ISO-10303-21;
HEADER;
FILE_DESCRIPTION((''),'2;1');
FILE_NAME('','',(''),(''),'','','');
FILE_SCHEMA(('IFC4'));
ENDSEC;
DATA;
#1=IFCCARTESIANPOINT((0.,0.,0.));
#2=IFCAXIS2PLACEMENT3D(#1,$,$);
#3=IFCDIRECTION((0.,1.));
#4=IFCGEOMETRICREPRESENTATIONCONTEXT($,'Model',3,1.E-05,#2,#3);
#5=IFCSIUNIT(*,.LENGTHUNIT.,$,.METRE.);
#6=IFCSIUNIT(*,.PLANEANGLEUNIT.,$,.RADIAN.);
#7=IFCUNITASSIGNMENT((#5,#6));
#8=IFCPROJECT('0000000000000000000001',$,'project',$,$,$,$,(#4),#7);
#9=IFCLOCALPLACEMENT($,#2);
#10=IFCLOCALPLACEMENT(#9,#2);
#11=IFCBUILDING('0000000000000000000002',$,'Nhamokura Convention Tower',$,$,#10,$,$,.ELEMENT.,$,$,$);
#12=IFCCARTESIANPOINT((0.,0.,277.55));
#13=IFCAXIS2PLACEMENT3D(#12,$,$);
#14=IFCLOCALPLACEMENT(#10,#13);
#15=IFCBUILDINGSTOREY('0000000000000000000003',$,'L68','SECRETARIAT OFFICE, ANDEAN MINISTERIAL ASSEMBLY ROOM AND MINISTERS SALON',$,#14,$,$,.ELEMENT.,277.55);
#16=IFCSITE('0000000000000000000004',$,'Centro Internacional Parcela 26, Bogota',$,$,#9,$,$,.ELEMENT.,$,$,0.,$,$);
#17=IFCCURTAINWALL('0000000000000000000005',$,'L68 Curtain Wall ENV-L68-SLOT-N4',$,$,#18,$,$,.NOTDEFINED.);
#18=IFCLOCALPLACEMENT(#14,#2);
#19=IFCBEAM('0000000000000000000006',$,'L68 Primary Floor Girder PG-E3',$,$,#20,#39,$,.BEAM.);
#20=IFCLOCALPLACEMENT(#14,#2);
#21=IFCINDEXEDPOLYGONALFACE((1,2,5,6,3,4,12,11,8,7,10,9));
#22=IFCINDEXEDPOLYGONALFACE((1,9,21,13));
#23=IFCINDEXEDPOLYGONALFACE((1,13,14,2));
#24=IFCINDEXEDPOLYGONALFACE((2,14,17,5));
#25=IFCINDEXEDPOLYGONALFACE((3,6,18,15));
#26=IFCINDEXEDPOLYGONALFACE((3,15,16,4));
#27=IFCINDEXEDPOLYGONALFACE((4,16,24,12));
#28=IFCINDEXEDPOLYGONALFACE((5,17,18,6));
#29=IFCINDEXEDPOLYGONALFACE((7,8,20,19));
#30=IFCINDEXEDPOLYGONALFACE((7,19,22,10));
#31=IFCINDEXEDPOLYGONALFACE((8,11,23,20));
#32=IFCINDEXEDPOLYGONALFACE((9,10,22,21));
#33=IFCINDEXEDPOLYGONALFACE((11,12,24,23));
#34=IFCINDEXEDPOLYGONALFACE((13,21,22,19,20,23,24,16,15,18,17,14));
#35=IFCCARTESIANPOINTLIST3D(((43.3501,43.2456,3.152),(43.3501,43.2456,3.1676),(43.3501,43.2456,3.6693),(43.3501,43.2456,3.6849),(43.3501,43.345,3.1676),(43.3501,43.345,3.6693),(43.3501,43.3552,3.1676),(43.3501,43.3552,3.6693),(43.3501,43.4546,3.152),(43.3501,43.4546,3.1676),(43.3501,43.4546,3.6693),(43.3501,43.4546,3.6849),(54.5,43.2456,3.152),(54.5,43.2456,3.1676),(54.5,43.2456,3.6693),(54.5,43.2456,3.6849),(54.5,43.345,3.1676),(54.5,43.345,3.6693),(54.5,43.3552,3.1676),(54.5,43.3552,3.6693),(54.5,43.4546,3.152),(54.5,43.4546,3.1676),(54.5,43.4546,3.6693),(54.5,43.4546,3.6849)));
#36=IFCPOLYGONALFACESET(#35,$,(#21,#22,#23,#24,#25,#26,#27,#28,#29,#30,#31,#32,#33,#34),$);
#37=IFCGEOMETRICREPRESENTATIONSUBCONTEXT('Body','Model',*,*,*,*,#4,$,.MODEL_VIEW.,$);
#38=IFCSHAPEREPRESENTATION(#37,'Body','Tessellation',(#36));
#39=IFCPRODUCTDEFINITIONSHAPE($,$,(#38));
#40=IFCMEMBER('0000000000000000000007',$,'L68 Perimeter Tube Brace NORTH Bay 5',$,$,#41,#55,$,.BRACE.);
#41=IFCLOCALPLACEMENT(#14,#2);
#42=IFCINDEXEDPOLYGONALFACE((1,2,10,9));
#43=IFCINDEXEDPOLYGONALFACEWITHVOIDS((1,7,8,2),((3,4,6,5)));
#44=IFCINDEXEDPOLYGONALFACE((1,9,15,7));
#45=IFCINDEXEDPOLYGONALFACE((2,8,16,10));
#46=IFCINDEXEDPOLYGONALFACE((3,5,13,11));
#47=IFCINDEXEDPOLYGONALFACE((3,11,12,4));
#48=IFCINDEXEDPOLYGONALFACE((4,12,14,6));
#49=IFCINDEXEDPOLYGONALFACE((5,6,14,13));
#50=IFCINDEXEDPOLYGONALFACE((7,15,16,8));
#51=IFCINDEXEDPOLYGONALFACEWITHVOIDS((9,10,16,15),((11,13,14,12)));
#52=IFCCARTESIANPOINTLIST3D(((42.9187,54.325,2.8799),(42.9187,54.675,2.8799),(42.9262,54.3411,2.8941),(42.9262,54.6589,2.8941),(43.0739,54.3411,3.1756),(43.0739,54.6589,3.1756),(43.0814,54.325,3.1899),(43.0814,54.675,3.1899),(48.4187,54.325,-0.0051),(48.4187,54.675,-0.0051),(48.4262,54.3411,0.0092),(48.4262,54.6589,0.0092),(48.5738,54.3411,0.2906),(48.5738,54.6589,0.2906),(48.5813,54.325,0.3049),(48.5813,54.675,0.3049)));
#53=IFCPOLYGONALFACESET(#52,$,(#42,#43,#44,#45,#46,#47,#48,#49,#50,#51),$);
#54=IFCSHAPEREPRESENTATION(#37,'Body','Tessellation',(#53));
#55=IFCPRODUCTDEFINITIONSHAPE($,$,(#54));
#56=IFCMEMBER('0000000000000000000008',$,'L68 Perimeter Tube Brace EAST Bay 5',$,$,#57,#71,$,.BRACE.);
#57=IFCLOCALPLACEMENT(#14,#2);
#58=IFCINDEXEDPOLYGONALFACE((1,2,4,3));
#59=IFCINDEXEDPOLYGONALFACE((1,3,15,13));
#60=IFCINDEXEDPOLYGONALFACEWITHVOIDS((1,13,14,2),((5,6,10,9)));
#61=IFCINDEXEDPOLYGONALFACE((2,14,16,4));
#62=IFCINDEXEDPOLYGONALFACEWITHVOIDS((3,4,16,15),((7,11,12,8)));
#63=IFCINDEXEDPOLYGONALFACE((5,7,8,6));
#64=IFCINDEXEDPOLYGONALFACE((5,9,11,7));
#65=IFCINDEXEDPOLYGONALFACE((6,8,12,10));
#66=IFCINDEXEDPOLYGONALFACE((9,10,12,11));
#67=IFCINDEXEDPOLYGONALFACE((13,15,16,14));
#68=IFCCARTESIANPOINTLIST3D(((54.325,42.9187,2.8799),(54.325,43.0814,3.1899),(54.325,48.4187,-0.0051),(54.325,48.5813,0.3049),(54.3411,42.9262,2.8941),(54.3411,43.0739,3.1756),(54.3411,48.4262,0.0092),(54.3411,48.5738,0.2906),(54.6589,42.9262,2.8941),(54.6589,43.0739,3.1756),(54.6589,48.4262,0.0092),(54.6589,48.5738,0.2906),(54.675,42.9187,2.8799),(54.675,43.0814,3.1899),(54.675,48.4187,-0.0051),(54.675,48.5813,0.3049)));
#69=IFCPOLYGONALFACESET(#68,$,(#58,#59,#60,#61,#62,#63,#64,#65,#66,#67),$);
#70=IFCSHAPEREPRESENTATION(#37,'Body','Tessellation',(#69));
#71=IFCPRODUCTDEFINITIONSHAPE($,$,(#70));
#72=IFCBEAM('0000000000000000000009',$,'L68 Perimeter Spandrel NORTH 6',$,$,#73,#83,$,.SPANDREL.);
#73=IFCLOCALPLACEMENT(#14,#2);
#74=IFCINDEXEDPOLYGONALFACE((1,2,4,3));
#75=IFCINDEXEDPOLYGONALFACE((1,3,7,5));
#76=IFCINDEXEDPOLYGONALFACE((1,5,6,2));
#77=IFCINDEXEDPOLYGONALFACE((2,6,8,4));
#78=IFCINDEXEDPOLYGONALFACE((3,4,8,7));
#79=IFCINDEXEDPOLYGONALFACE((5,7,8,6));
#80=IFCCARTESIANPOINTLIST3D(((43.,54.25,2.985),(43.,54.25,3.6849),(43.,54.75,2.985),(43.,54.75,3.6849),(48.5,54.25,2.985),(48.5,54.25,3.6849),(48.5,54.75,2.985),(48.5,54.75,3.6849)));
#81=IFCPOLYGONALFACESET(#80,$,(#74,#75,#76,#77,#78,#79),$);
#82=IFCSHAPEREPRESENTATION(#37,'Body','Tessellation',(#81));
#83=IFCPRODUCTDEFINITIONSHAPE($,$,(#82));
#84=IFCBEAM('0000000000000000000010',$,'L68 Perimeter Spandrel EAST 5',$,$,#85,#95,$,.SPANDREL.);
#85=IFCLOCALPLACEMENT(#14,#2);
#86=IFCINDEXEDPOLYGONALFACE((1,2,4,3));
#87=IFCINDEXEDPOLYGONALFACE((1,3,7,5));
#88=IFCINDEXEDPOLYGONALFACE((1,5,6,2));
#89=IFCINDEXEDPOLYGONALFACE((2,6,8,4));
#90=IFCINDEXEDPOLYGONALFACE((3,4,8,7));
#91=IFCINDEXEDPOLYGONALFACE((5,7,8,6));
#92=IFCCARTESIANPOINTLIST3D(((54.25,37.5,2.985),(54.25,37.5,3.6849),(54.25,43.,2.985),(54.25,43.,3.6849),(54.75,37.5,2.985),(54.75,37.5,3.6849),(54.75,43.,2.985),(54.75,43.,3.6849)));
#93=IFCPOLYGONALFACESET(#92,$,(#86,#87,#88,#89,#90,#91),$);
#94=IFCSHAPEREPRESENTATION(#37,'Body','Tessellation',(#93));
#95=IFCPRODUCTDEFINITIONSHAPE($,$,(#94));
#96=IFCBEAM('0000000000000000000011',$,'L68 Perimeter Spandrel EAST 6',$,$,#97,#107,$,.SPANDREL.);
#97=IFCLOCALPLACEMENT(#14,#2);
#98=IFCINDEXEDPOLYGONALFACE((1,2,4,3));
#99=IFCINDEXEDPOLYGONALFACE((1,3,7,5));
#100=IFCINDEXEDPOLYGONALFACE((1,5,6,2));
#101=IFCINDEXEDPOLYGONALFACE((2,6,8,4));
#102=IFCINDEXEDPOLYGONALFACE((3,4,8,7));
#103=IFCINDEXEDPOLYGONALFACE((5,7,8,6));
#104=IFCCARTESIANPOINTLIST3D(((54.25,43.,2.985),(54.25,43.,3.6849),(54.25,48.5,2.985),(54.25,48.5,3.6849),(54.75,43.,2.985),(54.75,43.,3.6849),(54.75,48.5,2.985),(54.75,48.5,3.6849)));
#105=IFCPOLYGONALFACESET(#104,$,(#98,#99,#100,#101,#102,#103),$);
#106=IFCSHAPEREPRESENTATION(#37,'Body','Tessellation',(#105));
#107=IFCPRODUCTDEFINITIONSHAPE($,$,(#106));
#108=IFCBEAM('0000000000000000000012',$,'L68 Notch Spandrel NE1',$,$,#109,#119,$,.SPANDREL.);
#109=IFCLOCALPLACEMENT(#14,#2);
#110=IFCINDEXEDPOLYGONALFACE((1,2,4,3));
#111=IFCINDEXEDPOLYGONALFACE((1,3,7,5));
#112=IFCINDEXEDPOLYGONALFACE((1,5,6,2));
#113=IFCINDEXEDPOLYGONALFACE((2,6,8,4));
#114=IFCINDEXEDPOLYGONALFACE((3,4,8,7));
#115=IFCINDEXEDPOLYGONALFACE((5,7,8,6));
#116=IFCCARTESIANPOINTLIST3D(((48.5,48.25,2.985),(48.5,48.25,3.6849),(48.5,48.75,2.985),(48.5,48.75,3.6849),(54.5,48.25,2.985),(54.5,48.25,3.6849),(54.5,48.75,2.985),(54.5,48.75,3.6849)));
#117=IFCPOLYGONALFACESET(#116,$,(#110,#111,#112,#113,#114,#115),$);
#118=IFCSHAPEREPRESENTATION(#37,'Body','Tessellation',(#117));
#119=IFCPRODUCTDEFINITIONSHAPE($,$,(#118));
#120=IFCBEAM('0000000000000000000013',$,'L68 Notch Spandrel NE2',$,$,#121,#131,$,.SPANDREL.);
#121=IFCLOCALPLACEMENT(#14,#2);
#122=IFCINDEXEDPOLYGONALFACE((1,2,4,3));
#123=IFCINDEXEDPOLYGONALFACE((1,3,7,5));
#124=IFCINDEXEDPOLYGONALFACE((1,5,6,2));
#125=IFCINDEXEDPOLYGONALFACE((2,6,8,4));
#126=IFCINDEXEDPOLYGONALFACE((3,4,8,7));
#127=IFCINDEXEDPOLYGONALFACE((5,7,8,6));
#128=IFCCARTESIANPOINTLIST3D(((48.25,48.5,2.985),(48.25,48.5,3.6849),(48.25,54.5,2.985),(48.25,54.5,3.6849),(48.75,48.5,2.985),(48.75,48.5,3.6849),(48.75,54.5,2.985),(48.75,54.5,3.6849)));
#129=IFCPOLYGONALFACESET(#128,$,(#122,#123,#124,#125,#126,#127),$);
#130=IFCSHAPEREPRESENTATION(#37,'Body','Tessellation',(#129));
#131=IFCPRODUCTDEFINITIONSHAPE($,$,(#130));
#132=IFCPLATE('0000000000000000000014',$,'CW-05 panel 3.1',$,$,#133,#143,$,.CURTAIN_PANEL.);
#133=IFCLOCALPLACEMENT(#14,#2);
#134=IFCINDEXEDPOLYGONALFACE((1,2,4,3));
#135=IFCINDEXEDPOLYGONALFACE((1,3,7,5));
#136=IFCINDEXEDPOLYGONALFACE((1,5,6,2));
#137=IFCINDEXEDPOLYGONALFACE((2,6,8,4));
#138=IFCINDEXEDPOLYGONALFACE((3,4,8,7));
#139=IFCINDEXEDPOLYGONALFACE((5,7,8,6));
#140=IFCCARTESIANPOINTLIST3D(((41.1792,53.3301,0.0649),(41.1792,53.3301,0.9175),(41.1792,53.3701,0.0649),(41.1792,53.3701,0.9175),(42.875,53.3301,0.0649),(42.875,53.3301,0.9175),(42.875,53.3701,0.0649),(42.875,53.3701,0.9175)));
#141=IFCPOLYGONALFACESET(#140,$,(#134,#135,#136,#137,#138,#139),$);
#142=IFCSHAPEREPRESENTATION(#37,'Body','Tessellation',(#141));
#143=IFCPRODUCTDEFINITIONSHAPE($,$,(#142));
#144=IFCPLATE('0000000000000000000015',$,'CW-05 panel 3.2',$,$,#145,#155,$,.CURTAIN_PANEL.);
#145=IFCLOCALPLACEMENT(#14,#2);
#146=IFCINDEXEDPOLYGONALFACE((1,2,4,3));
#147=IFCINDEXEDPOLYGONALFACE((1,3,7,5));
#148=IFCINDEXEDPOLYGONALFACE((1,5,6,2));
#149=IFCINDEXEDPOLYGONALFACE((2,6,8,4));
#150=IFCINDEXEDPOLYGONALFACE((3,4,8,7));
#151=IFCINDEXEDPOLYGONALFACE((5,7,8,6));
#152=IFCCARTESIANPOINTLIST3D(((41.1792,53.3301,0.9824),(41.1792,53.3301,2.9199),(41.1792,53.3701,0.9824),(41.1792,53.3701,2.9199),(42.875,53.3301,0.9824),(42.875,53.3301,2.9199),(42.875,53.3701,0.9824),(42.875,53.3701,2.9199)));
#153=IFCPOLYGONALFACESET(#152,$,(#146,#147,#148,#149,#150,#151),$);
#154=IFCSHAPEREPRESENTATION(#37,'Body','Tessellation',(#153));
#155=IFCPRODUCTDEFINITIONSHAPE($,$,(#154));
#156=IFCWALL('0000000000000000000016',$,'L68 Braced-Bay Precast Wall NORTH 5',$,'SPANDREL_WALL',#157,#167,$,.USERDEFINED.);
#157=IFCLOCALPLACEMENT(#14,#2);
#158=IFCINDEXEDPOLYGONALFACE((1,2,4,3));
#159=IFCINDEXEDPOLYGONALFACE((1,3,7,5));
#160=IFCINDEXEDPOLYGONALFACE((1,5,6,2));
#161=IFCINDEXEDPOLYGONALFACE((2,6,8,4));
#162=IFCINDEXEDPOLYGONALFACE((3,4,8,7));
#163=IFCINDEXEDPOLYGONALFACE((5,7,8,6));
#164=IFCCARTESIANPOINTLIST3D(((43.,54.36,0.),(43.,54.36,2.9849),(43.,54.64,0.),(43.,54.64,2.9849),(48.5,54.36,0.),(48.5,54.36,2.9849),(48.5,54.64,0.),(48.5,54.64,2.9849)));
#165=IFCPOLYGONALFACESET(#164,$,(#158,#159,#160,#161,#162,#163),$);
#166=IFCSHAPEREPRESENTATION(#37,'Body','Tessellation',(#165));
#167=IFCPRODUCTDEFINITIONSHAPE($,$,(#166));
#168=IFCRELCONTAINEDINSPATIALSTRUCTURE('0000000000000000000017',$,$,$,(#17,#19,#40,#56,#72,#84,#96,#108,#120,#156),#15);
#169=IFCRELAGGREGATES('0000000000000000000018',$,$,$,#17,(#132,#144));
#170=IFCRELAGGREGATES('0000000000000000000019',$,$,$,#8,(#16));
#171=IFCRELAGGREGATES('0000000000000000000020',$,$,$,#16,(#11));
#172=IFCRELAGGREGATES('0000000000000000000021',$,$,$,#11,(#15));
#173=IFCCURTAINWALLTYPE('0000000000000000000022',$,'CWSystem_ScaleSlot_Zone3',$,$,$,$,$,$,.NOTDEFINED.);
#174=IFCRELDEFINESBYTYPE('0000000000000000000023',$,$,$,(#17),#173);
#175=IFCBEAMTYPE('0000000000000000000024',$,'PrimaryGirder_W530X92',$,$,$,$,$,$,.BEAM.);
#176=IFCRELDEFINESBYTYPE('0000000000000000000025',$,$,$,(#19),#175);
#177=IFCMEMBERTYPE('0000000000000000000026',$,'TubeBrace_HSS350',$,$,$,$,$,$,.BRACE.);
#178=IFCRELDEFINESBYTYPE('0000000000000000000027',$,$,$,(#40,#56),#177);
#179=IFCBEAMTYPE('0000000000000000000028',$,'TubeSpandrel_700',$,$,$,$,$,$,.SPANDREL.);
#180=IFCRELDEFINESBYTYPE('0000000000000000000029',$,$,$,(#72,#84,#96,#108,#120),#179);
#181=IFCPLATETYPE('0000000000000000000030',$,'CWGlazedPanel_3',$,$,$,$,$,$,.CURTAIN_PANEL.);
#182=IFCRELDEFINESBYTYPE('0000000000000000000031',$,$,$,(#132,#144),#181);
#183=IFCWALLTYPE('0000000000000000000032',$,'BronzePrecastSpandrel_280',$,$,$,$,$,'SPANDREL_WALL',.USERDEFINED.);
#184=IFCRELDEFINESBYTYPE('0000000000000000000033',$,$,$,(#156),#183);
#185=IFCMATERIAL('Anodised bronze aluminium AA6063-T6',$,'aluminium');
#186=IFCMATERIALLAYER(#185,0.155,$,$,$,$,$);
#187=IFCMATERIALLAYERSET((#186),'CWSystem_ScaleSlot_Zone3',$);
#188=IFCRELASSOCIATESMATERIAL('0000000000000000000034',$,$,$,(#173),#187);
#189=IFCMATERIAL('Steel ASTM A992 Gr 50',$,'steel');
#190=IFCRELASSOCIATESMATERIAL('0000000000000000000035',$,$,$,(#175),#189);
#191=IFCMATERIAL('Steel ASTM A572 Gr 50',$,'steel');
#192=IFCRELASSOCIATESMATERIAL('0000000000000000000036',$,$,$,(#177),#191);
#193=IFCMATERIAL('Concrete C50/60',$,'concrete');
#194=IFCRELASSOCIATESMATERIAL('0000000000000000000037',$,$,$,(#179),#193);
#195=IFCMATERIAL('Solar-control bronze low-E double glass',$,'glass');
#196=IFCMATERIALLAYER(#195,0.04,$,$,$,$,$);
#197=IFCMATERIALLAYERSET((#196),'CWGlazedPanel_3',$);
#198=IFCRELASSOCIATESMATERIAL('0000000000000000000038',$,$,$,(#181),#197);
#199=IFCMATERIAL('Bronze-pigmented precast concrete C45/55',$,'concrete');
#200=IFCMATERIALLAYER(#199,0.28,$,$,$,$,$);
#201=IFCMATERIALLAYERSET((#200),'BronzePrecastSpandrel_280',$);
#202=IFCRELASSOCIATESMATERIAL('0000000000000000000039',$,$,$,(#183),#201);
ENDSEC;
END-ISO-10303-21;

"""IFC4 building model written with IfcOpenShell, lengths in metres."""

from ifc_helpers import new_model, si_unit, direction, frame, frame_2d, origin, origin_2d, place, context, subcontext, project, spatial, rectangle, hollow_rectangle, i_section, extrude, material, layer, layer_set, material_profile, profile_set, type_object, element, aggregate, save


model = new_model("IFC4")

# Units and contexts
model_context = context("Model", 3, precision=1e-05, world=origin(), true_north=direction((0.0, 1.0)))
body_context = subcontext(model_context, "Body", "Model", "MODEL_VIEW")
ifc_project = project(units=[si_unit("LENGTHUNIT", "METRE"), si_unit("PLANEANGLEUNIT", "RADIAN")], contexts=[model_context])

# Site, building, storey
site_placement = place(None, origin())
site = spatial("IfcSite", under=ifc_project, at=site_placement, Name="Centro Internacional Parcela 26, Bogota", CompositionType="ELEMENT", RefElevation=0.0)
building_placement = place(site_placement, origin())
building = spatial("IfcBuilding", under=site, at=building_placement, Name="Nhamokura Convention Tower", CompositionType="ELEMENT")
storey_placement = place(building_placement, frame((0.0, 0.0, 277.55)))
storey = spatial("IfcBuildingStorey", under=building, at=storey_placement, Name="L68", Description="SECRETARIAT OFFICE, ANDEAN MINISTERIAL ASSEMBLY ROOM AND MINISTERS SALON", CompositionType="ELEMENT", Elevation=277.55)

# Curtain wall
ifc_material_1 = material(Name="Anodised bronze aluminium AA6063-T6", Category="aluminium")
ifc_layer_1 = layer(ifc_material_1, 0.155)
ifc_layer_set_1 = layer_set([ifc_layer_1], Name="CWSystem_ScaleSlot_Zone3")
curtain_wall_type = type_object("IfcCurtainWallType", Name="CWSystem_ScaleSlot_Zone3", PredefinedType="NOTDEFINED", material=ifc_layer_set_1)
curtain_wall_placement = place(storey_placement, origin())
curtain_wall = element("IfcCurtainWall", 1, at=curtain_wall_placement, inside=storey, type_object=curtain_wall_type, Name="L68 Curtain Wall ENV-L68-SLOT-N4", PredefinedType="NOTDEFINED")

# Beam
ifc_material_2 = material(Name="Steel ASTM A992 Gr 50", Category="steel")
ifc_material_profile_1 = material_profile(ifc_material_2, i_section(OverallWidth=0.209, OverallDepth=0.533, WebThickness=0.0103, FlangeThickness=0.0156, at=origin_2d()))
ifc_profile_set_1 = profile_set([ifc_material_profile_1], Name="Steel ASTM A992 Gr 50")
beam_type_1 = type_object("IfcBeamType", Name="PrimaryGirder_W530X92", PredefinedType="BEAM", material=ifc_profile_set_1)
for number, where, z_axis, x_axis, name in (
    (2, (43.3501, 43.3501, 3.4185), (1.0, 0.0, 0.0), (0.0, 1.0, 0.0), "L68 Primary Floor Girder PG-E3"),
):
    element("IfcBeam", number, at=place(storey_placement, frame(where, z_axis=z_axis, x_axis=x_axis)), inside=storey, type_object=beam_type_1, Name=name, PredefinedType="BEAM", context=body_context, shape_type="SweptSolid", body=[
        extrude(i_section(OverallWidth=0.209, OverallDepth=0.533, WebThickness=0.0103, FlangeThickness=0.0156, at=origin_2d()), origin(), (0.0, 0.0, 1.0), 11.1499),
    ])

# Members
ifc_material_3 = material(Name="Steel ASTM A572 Gr 50", Category="steel")
ifc_material_profile_2 = material_profile(ifc_material_3, hollow_rectangle(XDim=0.3501, YDim=0.3501, WallThickness=0.0161, at=origin_2d()))
ifc_profile_set_2 = profile_set([ifc_material_profile_2], Name="Steel ASTM A572 Gr 50")
member_type_1 = type_object("IfcMemberType", Name="TubeBrace_HSS350", PredefinedType="BRACE", material=ifc_profile_set_2)
for number, where, z_axis, x_axis, name in (
    (3, (48.5, 54.5, 0.1499), (-0.885563, 0.0, 0.46452), (0.0, -1.0, 0.0), "L68 Perimeter Tube Brace NORTH Bay 5"),
    (4, (54.5, 48.5, 0.1499), (0.0, -0.885563, 0.46452), (1.0, 0.0, 0.0), "L68 Perimeter Tube Brace EAST Bay 5"),
):
    element("IfcMember", number, at=place(storey_placement, frame(where, z_axis=z_axis, x_axis=x_axis)), inside=storey, type_object=member_type_1, Name=name, PredefinedType="BRACE", context=body_context, shape_type="SweptSolid", body=[
        extrude(hollow_rectangle(XDim=0.3501, YDim=0.3501, WallThickness=0.0161, at=origin_2d()), origin(), (0.0, 0.0, 1.0), 6.2107),
    ])

# Beams
ifc_material_4 = material(Name="Concrete C50/60", Category="concrete")
ifc_material_profile_3 = material_profile(ifc_material_4, rectangle(XDim=0.5, YDim=0.7, at=origin_2d()))
ifc_profile_set_3 = profile_set([ifc_material_profile_3], Name="Concrete C50/60")
beam_type_2 = type_object("IfcBeamType", Name="TubeSpandrel_700", PredefinedType="SPANDREL", material=ifc_profile_set_3)
for number, where, z_axis, x_axis, name in (
    (5, (43.0, 54.5, 3.335), (1.0, 0.0, 0.0), (0.0, 1.0, 0.0), "L68 Perimeter Spandrel NORTH 6"),
    (6, (54.5, 37.5, 3.335), (0.0, 1.0, 0.0), (-1.0, 0.0, 0.0), "L68 Perimeter Spandrel EAST 5"),
    (7, (54.5, 43.0, 3.335), (0.0, 1.0, 0.0), (-1.0, 0.0, 0.0), "L68 Perimeter Spandrel EAST 6"),
):
    element("IfcBeam", number, at=place(storey_placement, frame(where, z_axis=z_axis, x_axis=x_axis)), inside=storey, type_object=beam_type_2, Name=name, PredefinedType="SPANDREL", context=body_context, shape_type="SweptSolid", body=[
        extrude(rectangle(XDim=0.5, YDim=0.7, at=origin_2d()), origin(), (0.0, 0.0, 1.0), 5.5),
    ])
for number, where, z_axis, x_axis, name in (
    (8, (54.5, 48.5, 3.335), (-1.0, 0.0, 0.0), (0.0, -1.0, 0.0), "L68 Notch Spandrel NE1"),
    (9, (48.5, 48.5, 3.335), (0.0, 1.0, 0.0), (-1.0, 0.0, 0.0), "L68 Notch Spandrel NE2"),
):
    element("IfcBeam", number, at=place(storey_placement, frame(where, z_axis=z_axis, x_axis=x_axis)), inside=storey, type_object=beam_type_2, Name=name, PredefinedType="SPANDREL", context=body_context, shape_type="SweptSolid", body=[
        extrude(rectangle(XDim=0.5, YDim=0.7, at=origin_2d()), origin(), (0.0, 0.0, 1.0), 6.0),
    ])

# Plates
ifc_material_5 = material(Name="Solar-control bronze low-E double glass", Category="glass")
ifc_layer_2 = layer(ifc_material_5, 0.04)
ifc_layer_set_2 = layer_set([ifc_layer_2], Name="CWGlazedPanel_3")
plate_type = type_object("IfcPlateType", Name="CWGlazedPanel_3", PredefinedType="CURTAIN_PANEL", material=ifc_layer_set_2)
plate_1_placement = place(storey_placement, frame((42.0271, 53.3501, 0.0649), z_axis=(0.0, 0.0, 1.0), x_axis=(1.0, 0.0, 0.0)))
plate_1 = element("IfcPlate", 10, at=plate_1_placement, type_object=plate_type, Name="CW-05 panel 3.1", PredefinedType="CURTAIN_PANEL", context=body_context, shape_type="SweptSolid", body=[
    extrude(rectangle(XDim=1.6958, YDim=0.04, at=origin_2d()), origin(), (0.0, 0.0, 1.0), 0.8525),
])
plate_2_placement = place(storey_placement, frame((42.0271, 53.3501, 0.9824), z_axis=(0.0, 0.0, 1.0), x_axis=(1.0, 0.0, 0.0)))
plate_2 = element("IfcPlate", 11, at=plate_2_placement, type_object=plate_type, Name="CW-05 panel 3.2", PredefinedType="CURTAIN_PANEL", context=body_context, shape_type="SweptSolid", body=[
    extrude(rectangle(XDim=1.6958, YDim=0.04, at=origin_2d()), origin(), (0.0, 0.0, 1.0), 1.9375),
])
aggregate(curtain_wall, [plate_1, plate_2])

# Wall
ifc_material_6 = material(Name="Bronze-pigmented precast concrete C45/55", Category="concrete")
ifc_layer_3 = layer(ifc_material_6, 0.28)
ifc_layer_set_3 = layer_set([ifc_layer_3], Name="BronzePrecastSpandrel_280")
wall_type_1 = type_object("IfcWallType", Name="BronzePrecastSpandrel_280", ElementType="SPANDREL_WALL", PredefinedType="USERDEFINED", material=ifc_layer_set_3)
wall_1_placement = place(storey_placement, frame((43.0, 54.5, 0.0), z_axis=(0.0, 0.0, 1.0), x_axis=(1.0, 0.0, 0.0)))
element("IfcWall", 12, at=wall_1_placement, inside=storey, type_object=wall_type_1, Name="L68 Braced-Bay Precast Wall NORTH 5", ObjectType="SPANDREL_WALL", PredefinedType="USERDEFINED", context=body_context, shape_type="SweptSolid", body=[
    extrude(rectangle(XDim=5.5, YDim=0.28, at=frame_2d((2.75, 0.0))), origin(), (0.0, 0.0, 1.0), 2.9849),
])

save(model, "model.ifc")
